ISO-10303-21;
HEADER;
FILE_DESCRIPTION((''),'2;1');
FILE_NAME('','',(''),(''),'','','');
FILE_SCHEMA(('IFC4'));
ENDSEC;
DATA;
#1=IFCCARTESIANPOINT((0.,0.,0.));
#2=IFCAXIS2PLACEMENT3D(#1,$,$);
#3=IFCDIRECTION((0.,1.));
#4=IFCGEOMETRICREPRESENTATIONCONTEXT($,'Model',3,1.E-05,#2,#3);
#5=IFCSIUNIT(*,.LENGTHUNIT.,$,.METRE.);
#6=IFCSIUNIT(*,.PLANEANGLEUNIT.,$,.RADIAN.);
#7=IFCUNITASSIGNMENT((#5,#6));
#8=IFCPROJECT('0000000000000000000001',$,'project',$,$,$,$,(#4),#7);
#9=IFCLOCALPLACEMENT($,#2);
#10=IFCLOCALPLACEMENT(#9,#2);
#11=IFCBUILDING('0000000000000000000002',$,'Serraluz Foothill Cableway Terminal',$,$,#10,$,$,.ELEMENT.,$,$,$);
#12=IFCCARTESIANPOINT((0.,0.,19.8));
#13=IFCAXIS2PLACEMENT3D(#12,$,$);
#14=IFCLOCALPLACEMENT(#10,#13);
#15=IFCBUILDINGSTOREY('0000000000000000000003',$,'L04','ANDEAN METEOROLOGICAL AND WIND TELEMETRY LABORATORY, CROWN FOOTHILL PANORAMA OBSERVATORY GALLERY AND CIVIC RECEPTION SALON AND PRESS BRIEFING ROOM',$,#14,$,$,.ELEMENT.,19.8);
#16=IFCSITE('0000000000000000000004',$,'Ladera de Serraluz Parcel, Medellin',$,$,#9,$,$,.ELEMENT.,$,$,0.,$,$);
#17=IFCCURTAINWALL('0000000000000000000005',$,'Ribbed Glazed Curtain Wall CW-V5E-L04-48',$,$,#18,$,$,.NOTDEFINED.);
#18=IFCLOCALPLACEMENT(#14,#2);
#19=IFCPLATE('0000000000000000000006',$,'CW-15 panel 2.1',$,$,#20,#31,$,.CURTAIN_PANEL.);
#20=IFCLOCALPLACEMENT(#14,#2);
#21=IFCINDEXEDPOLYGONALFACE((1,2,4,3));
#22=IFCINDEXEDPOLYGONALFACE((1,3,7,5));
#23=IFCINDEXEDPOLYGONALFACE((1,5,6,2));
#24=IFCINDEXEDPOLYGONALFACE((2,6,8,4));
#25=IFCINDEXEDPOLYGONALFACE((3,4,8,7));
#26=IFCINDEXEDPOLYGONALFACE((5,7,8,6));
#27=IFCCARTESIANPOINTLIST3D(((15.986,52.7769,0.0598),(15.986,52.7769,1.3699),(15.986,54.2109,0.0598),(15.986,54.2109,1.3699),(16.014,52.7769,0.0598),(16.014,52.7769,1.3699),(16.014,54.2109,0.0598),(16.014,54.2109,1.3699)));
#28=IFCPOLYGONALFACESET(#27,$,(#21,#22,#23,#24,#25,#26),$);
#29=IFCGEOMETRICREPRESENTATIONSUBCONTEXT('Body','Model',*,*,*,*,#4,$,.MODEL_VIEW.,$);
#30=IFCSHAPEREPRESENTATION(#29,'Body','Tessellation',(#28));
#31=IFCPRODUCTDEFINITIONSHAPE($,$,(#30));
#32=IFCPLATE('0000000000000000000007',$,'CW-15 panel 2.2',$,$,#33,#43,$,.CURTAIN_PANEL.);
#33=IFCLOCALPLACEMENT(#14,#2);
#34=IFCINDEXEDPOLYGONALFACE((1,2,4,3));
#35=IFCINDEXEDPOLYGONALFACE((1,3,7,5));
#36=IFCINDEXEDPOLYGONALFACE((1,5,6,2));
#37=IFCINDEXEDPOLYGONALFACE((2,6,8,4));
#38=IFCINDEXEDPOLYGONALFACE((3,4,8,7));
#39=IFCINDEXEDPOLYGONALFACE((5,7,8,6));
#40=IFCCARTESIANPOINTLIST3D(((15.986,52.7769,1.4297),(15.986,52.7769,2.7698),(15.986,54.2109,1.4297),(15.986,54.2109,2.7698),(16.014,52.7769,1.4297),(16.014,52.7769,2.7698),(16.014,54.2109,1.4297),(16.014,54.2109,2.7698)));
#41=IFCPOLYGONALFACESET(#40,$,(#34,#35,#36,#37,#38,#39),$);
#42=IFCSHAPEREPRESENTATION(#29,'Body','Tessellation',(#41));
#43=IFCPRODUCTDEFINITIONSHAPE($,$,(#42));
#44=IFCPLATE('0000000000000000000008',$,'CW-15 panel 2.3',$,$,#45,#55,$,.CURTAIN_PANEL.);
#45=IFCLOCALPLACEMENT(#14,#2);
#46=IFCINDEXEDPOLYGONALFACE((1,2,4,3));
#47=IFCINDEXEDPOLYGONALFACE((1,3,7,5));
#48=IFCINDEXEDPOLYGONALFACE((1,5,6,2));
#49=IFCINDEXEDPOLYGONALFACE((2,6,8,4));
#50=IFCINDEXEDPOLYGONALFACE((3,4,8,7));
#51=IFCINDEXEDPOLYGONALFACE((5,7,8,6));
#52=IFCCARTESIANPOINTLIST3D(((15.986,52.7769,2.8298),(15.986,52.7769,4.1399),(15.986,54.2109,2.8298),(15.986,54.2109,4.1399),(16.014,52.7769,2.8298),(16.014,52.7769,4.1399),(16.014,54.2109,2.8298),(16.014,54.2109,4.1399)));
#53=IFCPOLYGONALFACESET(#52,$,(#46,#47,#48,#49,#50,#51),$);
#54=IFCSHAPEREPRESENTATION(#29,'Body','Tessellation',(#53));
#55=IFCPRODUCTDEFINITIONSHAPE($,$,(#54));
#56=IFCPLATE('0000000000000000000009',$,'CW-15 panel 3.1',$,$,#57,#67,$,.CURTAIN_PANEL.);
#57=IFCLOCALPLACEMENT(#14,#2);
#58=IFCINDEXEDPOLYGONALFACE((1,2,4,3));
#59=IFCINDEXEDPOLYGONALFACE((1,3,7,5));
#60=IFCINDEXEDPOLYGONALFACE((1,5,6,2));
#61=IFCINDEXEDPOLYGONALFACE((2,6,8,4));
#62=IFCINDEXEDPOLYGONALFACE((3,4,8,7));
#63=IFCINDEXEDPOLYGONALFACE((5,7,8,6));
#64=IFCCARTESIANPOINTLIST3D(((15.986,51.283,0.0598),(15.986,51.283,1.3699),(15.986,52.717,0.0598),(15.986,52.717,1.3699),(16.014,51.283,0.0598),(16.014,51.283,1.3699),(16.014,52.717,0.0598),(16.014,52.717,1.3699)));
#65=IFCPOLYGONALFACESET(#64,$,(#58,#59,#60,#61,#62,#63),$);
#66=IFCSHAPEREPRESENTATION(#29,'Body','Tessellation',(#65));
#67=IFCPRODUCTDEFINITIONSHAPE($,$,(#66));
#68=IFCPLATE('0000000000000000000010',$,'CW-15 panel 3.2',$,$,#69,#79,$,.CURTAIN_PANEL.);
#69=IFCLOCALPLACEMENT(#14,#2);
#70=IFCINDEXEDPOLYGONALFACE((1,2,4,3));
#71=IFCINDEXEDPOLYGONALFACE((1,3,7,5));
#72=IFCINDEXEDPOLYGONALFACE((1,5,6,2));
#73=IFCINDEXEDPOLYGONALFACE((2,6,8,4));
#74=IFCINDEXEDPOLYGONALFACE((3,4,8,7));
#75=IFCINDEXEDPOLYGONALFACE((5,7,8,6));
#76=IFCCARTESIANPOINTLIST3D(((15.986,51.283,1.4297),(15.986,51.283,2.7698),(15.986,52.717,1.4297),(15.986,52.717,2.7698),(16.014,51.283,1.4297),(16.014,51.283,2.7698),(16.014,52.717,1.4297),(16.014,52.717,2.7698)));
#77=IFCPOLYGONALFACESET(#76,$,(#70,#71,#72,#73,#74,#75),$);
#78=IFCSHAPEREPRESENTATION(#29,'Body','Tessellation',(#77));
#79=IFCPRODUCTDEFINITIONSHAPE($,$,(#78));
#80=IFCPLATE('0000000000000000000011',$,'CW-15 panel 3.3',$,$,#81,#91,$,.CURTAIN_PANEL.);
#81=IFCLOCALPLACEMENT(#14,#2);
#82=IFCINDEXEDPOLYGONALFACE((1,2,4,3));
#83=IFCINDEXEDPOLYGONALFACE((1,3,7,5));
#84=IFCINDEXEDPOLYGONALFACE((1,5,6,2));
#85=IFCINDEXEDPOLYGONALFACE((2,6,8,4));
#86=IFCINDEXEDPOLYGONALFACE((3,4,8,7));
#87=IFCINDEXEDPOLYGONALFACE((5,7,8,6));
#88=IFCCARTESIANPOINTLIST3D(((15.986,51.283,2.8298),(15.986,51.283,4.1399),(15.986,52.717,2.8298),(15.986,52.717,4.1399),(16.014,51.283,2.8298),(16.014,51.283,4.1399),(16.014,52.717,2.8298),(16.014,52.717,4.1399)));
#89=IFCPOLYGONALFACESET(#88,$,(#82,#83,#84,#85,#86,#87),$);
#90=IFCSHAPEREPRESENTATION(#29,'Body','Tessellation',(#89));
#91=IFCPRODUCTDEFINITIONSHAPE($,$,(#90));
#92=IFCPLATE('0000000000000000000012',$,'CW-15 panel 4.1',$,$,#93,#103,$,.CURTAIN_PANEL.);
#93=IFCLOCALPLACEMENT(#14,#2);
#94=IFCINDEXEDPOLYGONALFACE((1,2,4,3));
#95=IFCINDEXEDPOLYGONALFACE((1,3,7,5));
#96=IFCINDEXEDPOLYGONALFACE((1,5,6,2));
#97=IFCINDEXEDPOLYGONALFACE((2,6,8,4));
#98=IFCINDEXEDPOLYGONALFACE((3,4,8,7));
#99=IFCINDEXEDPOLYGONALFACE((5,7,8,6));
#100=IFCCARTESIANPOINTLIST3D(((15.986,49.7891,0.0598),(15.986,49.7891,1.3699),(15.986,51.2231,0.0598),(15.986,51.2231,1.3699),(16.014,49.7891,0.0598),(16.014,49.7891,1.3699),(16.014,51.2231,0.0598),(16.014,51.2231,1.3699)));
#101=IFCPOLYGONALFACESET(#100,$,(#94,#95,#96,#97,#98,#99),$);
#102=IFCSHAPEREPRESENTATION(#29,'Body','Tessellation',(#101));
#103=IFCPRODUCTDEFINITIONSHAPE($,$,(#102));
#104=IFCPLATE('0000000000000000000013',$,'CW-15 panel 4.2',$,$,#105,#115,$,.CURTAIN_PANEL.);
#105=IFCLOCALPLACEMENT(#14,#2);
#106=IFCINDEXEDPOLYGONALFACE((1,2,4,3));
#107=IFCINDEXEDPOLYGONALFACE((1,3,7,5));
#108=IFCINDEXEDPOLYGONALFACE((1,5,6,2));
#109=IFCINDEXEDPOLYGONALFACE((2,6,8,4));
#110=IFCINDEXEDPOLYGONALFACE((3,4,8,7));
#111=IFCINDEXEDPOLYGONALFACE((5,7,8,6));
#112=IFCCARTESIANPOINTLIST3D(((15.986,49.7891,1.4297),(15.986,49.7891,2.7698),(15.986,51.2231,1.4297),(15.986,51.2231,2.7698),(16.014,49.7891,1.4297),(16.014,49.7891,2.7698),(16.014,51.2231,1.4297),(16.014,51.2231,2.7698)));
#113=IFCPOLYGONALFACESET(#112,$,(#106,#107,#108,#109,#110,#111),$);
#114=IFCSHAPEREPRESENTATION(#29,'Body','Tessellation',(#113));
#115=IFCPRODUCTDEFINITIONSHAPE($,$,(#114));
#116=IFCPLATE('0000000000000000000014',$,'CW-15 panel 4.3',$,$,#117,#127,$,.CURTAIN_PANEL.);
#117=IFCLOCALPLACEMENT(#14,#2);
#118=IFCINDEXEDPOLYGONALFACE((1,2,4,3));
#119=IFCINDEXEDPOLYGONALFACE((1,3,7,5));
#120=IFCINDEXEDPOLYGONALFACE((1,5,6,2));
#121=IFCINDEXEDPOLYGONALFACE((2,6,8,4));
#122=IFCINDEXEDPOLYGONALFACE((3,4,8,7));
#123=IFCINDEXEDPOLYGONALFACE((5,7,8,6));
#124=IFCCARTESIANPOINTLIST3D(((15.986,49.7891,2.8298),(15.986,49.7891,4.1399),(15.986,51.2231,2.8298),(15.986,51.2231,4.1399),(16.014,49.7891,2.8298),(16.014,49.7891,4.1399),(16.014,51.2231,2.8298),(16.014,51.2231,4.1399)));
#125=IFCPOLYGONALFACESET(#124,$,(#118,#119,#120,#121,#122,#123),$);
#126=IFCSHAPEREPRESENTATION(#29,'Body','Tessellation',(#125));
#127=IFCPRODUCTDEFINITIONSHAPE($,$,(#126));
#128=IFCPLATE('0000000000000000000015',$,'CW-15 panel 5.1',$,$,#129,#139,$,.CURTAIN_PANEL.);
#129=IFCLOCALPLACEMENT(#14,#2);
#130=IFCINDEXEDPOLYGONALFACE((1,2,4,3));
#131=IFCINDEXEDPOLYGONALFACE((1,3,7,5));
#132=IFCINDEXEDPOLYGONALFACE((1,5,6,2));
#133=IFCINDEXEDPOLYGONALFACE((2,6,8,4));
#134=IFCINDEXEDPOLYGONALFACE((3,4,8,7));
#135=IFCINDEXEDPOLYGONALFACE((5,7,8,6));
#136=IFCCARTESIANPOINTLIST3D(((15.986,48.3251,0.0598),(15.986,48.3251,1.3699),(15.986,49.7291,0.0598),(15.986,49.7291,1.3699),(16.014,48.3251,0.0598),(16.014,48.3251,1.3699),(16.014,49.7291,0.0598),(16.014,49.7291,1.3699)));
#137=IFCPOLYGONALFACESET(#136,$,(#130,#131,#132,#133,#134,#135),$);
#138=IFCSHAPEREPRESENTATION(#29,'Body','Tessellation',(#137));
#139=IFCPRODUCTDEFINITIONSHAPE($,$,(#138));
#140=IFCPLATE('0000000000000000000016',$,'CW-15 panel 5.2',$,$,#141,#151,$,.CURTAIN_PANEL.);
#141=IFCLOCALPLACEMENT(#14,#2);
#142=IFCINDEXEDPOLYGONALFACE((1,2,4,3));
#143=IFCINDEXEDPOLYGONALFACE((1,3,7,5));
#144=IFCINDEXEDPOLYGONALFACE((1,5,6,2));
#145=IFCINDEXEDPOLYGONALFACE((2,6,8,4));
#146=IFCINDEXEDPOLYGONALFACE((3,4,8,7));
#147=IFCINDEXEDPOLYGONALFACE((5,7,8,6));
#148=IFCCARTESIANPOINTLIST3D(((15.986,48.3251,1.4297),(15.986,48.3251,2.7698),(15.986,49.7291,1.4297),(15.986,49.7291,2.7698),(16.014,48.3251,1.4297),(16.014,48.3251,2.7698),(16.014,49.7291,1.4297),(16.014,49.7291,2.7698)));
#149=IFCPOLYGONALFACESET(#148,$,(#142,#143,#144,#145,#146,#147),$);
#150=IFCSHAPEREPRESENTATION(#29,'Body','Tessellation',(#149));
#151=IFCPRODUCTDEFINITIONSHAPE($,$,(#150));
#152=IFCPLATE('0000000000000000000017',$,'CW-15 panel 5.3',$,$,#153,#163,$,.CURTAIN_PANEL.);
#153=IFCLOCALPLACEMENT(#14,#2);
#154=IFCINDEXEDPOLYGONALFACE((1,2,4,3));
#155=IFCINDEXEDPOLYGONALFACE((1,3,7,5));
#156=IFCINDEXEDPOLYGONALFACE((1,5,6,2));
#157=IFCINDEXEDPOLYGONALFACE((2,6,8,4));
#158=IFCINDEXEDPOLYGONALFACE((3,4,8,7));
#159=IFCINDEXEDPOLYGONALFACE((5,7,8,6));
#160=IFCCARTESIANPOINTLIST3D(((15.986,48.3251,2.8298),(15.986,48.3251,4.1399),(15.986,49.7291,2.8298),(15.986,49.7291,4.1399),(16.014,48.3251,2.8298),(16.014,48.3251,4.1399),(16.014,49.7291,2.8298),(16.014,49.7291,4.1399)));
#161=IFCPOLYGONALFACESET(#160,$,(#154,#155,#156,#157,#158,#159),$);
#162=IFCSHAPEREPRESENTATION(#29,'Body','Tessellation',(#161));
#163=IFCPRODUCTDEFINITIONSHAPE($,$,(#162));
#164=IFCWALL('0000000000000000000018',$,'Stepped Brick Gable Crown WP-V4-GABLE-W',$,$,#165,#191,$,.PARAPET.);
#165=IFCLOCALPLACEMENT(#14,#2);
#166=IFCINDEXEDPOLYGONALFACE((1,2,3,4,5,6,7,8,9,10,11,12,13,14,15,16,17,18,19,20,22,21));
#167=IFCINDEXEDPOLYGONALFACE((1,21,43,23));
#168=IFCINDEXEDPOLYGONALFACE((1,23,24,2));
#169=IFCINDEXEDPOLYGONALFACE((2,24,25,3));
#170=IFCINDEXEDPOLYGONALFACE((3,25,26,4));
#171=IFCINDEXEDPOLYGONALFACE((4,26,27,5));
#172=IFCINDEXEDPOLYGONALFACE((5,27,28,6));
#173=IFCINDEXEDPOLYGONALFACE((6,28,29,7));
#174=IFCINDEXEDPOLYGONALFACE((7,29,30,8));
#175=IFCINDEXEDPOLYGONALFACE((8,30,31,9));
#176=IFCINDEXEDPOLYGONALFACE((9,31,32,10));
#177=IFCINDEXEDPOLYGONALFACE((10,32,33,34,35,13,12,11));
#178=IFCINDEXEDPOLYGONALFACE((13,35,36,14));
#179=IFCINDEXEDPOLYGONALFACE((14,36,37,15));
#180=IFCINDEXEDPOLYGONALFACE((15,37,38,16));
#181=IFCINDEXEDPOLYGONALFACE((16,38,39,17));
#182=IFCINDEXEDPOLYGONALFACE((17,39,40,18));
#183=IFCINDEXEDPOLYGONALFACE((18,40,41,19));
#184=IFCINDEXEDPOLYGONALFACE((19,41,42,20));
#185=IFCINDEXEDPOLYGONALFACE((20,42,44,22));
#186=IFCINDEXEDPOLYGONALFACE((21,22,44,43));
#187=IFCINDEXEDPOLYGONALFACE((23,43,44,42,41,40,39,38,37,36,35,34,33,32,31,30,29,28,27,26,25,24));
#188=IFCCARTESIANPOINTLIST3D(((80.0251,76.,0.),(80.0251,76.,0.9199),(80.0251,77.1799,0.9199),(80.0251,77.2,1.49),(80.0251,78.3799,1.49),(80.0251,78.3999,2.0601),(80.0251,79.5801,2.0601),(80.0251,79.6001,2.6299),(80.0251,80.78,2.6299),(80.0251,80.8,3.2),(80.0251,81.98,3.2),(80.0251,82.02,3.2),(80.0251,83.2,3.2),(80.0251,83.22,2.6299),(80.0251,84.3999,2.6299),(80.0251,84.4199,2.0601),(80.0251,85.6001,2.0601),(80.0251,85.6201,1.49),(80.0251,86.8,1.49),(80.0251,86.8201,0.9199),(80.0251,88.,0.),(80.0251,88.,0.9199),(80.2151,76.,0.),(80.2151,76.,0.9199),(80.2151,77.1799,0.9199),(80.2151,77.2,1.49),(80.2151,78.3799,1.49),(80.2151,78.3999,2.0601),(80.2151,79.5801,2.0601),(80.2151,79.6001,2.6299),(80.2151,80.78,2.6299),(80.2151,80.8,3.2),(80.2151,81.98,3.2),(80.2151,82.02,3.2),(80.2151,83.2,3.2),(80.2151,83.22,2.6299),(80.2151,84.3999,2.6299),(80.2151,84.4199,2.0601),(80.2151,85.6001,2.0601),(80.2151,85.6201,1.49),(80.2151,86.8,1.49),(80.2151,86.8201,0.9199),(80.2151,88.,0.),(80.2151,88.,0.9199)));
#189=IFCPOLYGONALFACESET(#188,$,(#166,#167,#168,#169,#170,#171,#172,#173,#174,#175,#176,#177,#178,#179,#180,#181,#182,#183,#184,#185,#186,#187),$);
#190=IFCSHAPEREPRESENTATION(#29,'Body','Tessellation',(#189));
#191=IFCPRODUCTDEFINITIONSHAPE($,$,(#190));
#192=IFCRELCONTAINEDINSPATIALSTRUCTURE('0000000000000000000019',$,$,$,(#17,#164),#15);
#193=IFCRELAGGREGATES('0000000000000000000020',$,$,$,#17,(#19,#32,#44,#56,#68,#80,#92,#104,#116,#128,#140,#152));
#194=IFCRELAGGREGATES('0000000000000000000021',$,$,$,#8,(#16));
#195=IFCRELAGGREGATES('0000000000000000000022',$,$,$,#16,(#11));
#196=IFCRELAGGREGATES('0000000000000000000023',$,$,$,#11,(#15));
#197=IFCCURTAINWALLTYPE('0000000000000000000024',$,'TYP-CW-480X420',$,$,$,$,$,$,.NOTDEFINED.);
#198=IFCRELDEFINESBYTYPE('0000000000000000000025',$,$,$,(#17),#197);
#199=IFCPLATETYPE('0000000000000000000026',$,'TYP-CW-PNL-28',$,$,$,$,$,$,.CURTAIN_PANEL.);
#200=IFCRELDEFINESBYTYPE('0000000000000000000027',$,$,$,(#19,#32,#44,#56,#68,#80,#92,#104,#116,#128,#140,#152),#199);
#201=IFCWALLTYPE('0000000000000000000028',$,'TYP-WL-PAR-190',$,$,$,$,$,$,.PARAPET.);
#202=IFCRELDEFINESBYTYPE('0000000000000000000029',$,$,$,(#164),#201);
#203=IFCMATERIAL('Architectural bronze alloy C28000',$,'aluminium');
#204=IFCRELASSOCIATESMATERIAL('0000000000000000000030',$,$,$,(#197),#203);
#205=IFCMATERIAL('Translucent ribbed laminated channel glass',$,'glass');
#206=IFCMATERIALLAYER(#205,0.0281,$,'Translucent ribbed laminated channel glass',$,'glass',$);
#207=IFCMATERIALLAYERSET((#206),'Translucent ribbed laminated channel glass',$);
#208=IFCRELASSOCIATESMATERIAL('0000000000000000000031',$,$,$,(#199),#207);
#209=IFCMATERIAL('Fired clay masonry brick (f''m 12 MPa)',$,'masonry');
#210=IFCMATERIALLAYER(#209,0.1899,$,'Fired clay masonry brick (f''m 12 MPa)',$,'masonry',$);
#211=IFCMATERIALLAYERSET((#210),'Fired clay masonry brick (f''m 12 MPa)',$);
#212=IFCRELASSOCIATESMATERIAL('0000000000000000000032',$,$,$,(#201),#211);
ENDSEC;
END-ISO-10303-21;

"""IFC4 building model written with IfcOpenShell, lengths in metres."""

from ifc_helpers import new_model, si_unit, direction, frame, origin, origin_2d, place, context, subcontext, project, spatial, polyline, rectangle, outline, extrude, material, layer, layer_set, type_object, element, aggregate, save


model = new_model("IFC4")

# Units and contexts
model_context = context("Model", 3, precision=1e-05, world=origin(), true_north=direction((0.0, 1.0)))
body_context = subcontext(model_context, "Body", "Model", "MODEL_VIEW")
ifc_project = project(units=[si_unit("LENGTHUNIT", "METRE"), si_unit("PLANEANGLEUNIT", "RADIAN")], contexts=[model_context])

# Site, building, storey
site_placement = place(None, origin())
site = spatial("IfcSite", under=ifc_project, at=site_placement, Name="Ladera de Serraluz Parcel, Medellin", CompositionType="ELEMENT", RefElevation=0.0)
building_placement = place(site_placement, origin())
building = spatial("IfcBuilding", under=site, at=building_placement, Name="Serraluz Foothill Cableway Terminal", CompositionType="ELEMENT")
storey_placement = place(building_placement, frame((0.0, 0.0, 19.8)))
storey = spatial("IfcBuildingStorey", under=building, at=storey_placement, Name="L04", Description="ANDEAN METEOROLOGICAL AND WIND TELEMETRY LABORATORY, CROWN FOOTHILL PANORAMA OBSERVATORY GALLERY AND CIVIC RECEPTION SALON AND PRESS BRIEFING ROOM", CompositionType="ELEMENT", Elevation=19.8)

# Curtain wall, plates
ifc_material_1 = material(Name="Architectural bronze alloy C28000", Category="aluminium")
curtain_wall_type = type_object("IfcCurtainWallType", Name="TYP-CW-480X420", PredefinedType="NOTDEFINED", material=ifc_material_1)
curtain_wall_placement = place(storey_placement, origin())
curtain_wall = element("IfcCurtainWall", 1, at=curtain_wall_placement, inside=storey, type_object=curtain_wall_type, Name="Ribbed Glazed Curtain Wall CW-V5E-L04-48", PredefinedType="NOTDEFINED")
ifc_material_2 = material(Name="Translucent ribbed laminated channel glass", Category="glass")
ifc_layer_1 = layer(ifc_material_2, 0.0281, Name="Translucent ribbed laminated channel glass", Category="glass")
ifc_layer_set_1 = layer_set([ifc_layer_1], Name="Translucent ribbed laminated channel glass")
plate_type = type_object("IfcPlateType", Name="TYP-CW-PNL-28", PredefinedType="CURTAIN_PANEL", material=ifc_layer_set_1)
plate_1_placement = place(storey_placement, frame((16.0, 53.4939, 0.0598), z_axis=(0.0, 0.0, 1.0), x_axis=(0.0, -1.0, 0.0)))
plate_1 = element("IfcPlate", 2, at=plate_1_placement, type_object=plate_type, Name="CW-15 panel 2.1", PredefinedType="CURTAIN_PANEL", context=body_context, shape_type="SweptSolid", body=[
    extrude(rectangle(XDim=1.4341, YDim=0.0281, at=origin_2d()), origin(), (0.0, 0.0, 1.0), 1.3101),
])
plate_2_placement = place(storey_placement, frame((16.0, 53.4939, 1.4297), z_axis=(0.0, 0.0, 1.0), x_axis=(0.0, -1.0, 0.0)))
plate_2 = element("IfcPlate", 3, at=plate_2_placement, type_object=plate_type, Name="CW-15 panel 2.2", PredefinedType="CURTAIN_PANEL", context=body_context, shape_type="SweptSolid", body=[
    extrude(rectangle(XDim=1.4341, YDim=0.0281, at=origin_2d()), origin(), (0.0, 0.0, 1.0), 1.3401),
])
plate_3_placement = place(storey_placement, frame((16.0, 53.4939, 2.8298), z_axis=(0.0, 0.0, 1.0), x_axis=(0.0, -1.0, 0.0)))
plate_3 = element("IfcPlate", 4, at=plate_3_placement, type_object=plate_type, Name="CW-15 panel 2.3", PredefinedType="CURTAIN_PANEL", context=body_context, shape_type="SweptSolid", body=[
    extrude(rectangle(XDim=1.4341, YDim=0.0281, at=origin_2d()), origin(), (0.0, 0.0, 1.0), 1.3101),
])
plate_4_placement = place(storey_placement, frame((16.0, 52.0, 0.0598), z_axis=(0.0, 0.0, 1.0), x_axis=(0.0, -1.0, 0.0)))
plate_4 = element("IfcPlate", 5, at=plate_4_placement, type_object=plate_type, Name="CW-15 panel 3.1", PredefinedType="CURTAIN_PANEL", context=body_context, shape_type="SweptSolid", body=[
    extrude(rectangle(XDim=1.4341, YDim=0.0281, at=origin_2d()), origin(), (0.0, 0.0, 1.0), 1.3101),
])
plate_5_placement = place(storey_placement, frame((16.0, 52.0, 1.4297), z_axis=(0.0, 0.0, 1.0), x_axis=(0.0, -1.0, 0.0)))
plate_5 = element("IfcPlate", 6, at=plate_5_placement, type_object=plate_type, Name="CW-15 panel 3.2", PredefinedType="CURTAIN_PANEL", context=body_context, shape_type="SweptSolid", body=[
    extrude(rectangle(XDim=1.4341, YDim=0.0281, at=origin_2d()), origin(), (0.0, 0.0, 1.0), 1.3401),
])
plate_6_placement = place(storey_placement, frame((16.0, 52.0, 2.8298), z_axis=(0.0, 0.0, 1.0), x_axis=(0.0, -1.0, 0.0)))
plate_6 = element("IfcPlate", 7, at=plate_6_placement, type_object=plate_type, Name="CW-15 panel 3.3", PredefinedType="CURTAIN_PANEL", context=body_context, shape_type="SweptSolid", body=[
    extrude(rectangle(XDim=1.4341, YDim=0.0281, at=origin_2d()), origin(), (0.0, 0.0, 1.0), 1.3101),
])
plate_7_placement = place(storey_placement, frame((16.0, 50.5061, 0.0598), z_axis=(0.0, 0.0, 1.0), x_axis=(0.0, -1.0, 0.0)))
plate_7 = element("IfcPlate", 8, at=plate_7_placement, type_object=plate_type, Name="CW-15 panel 4.1", PredefinedType="CURTAIN_PANEL", context=body_context, shape_type="SweptSolid", body=[
    extrude(rectangle(XDim=1.4341, YDim=0.0281, at=origin_2d()), origin(), (0.0, 0.0, 1.0), 1.3101),
])
plate_8_placement = place(storey_placement, frame((16.0, 50.5061, 1.4297), z_axis=(0.0, 0.0, 1.0), x_axis=(0.0, -1.0, 0.0)))
plate_8 = element("IfcPlate", 9, at=plate_8_placement, type_object=plate_type, Name="CW-15 panel 4.2", PredefinedType="CURTAIN_PANEL", context=body_context, shape_type="SweptSolid", body=[
    extrude(rectangle(XDim=1.4341, YDim=0.0281, at=origin_2d()), origin(), (0.0, 0.0, 1.0), 1.3401),
])
plate_9_placement = place(storey_placement, frame((16.0, 50.5061, 2.8298), z_axis=(0.0, 0.0, 1.0), x_axis=(0.0, -1.0, 0.0)))
plate_9 = element("IfcPlate", 10, at=plate_9_placement, type_object=plate_type, Name="CW-15 panel 4.3", PredefinedType="CURTAIN_PANEL", context=body_context, shape_type="SweptSolid", body=[
    extrude(rectangle(XDim=1.4341, YDim=0.0281, at=origin_2d()), origin(), (0.0, 0.0, 1.0), 1.3101),
])
plate_10_placement = place(storey_placement, frame((16.0, 49.0271, 0.0598), z_axis=(0.0, 0.0, 1.0), x_axis=(0.0, -1.0, 0.0)))
plate_10 = element("IfcPlate", 11, at=plate_10_placement, type_object=plate_type, Name="CW-15 panel 5.1", PredefinedType="CURTAIN_PANEL", context=body_context, shape_type="SweptSolid", body=[
    extrude(rectangle(XDim=1.4041, YDim=0.0281, at=origin_2d()), origin(), (0.0, 0.0, 1.0), 1.3101),
])
plate_11_placement = place(storey_placement, frame((16.0, 49.0271, 1.4297), z_axis=(0.0, 0.0, 1.0), x_axis=(0.0, -1.0, 0.0)))
plate_11 = element("IfcPlate", 12, at=plate_11_placement, type_object=plate_type, Name="CW-15 panel 5.2", PredefinedType="CURTAIN_PANEL", context=body_context, shape_type="SweptSolid", body=[
    extrude(rectangle(XDim=1.4041, YDim=0.0281, at=origin_2d()), origin(), (0.0, 0.0, 1.0), 1.3401),
])
plate_12_placement = place(storey_placement, frame((16.0, 49.0271, 2.8298), z_axis=(0.0, 0.0, 1.0), x_axis=(0.0, -1.0, 0.0)))
plate_12 = element("IfcPlate", 13, at=plate_12_placement, type_object=plate_type, Name="CW-15 panel 5.3", PredefinedType="CURTAIN_PANEL", context=body_context, shape_type="SweptSolid", body=[
    extrude(rectangle(XDim=1.4041, YDim=0.0281, at=origin_2d()), origin(), (0.0, 0.0, 1.0), 1.3101),
])
aggregate(curtain_wall, [plate_1, plate_2, plate_3, plate_4, plate_5, plate_6, plate_7, plate_8, plate_9, plate_10, plate_11, plate_12])

# Wall
ifc_material_3 = material(Name="Fired clay masonry brick (f'm 12 MPa)", Category="masonry")
ifc_layer_2 = layer(ifc_material_3, 0.1899, Name="Fired clay masonry brick (f'm 12 MPa)", Category="masonry")
ifc_layer_set_2 = layer_set([ifc_layer_2], Name="Fired clay masonry brick (f'm 12 MPa)")
wall_type = type_object("IfcWallType", Name="TYP-WL-PAR-190", PredefinedType="PARAPET", material=ifc_layer_set_2)
for number, where, z_axis, x_axis, name in (
    (14, (80.1201, 76.0, 0.0), (0.0, 0.0, 1.0), (0.0, 1.0, 0.0), "Stepped Brick Gable Crown WP-V4-GABLE-W"),
):
    element("IfcWall", number, at=place(storey_placement, frame(where, z_axis=z_axis, x_axis=x_axis)), inside=storey, type_object=wall_type, Name=name, PredefinedType="PARAPET", context=body_context, shape_type="SweptSolid", body=[
        extrude(outline(polyline([(0.0, 0.0), (12.0, 0.0), (12.0, 0.9199), (10.8201, 0.9199), (10.8, 1.49), (9.6201, 1.49), (9.6001, 2.0601), (8.4199, 2.0601), (8.3999, 2.6299), (7.22, 2.6299), (7.2, 3.2), (6.02, 3.2), (5.98, 3.2), (4.8, 3.2), (4.78, 2.6299), (3.6001, 2.6299), (3.5801, 2.0601), (2.3999, 2.0601), (2.3799, 1.49), (1.2, 1.49), (1.1799, 0.9199), (0.0, 0.9199), (0.0, 0.0)])), frame((0.0, 0.095, 0.0), z_axis=(0.0, -1.0, 0.0), x_axis=(1.0, 0.0, 0.0)), (0.0, 0.0, 1.0), 0.1899),
    ])

save(model, "model.ifc")
